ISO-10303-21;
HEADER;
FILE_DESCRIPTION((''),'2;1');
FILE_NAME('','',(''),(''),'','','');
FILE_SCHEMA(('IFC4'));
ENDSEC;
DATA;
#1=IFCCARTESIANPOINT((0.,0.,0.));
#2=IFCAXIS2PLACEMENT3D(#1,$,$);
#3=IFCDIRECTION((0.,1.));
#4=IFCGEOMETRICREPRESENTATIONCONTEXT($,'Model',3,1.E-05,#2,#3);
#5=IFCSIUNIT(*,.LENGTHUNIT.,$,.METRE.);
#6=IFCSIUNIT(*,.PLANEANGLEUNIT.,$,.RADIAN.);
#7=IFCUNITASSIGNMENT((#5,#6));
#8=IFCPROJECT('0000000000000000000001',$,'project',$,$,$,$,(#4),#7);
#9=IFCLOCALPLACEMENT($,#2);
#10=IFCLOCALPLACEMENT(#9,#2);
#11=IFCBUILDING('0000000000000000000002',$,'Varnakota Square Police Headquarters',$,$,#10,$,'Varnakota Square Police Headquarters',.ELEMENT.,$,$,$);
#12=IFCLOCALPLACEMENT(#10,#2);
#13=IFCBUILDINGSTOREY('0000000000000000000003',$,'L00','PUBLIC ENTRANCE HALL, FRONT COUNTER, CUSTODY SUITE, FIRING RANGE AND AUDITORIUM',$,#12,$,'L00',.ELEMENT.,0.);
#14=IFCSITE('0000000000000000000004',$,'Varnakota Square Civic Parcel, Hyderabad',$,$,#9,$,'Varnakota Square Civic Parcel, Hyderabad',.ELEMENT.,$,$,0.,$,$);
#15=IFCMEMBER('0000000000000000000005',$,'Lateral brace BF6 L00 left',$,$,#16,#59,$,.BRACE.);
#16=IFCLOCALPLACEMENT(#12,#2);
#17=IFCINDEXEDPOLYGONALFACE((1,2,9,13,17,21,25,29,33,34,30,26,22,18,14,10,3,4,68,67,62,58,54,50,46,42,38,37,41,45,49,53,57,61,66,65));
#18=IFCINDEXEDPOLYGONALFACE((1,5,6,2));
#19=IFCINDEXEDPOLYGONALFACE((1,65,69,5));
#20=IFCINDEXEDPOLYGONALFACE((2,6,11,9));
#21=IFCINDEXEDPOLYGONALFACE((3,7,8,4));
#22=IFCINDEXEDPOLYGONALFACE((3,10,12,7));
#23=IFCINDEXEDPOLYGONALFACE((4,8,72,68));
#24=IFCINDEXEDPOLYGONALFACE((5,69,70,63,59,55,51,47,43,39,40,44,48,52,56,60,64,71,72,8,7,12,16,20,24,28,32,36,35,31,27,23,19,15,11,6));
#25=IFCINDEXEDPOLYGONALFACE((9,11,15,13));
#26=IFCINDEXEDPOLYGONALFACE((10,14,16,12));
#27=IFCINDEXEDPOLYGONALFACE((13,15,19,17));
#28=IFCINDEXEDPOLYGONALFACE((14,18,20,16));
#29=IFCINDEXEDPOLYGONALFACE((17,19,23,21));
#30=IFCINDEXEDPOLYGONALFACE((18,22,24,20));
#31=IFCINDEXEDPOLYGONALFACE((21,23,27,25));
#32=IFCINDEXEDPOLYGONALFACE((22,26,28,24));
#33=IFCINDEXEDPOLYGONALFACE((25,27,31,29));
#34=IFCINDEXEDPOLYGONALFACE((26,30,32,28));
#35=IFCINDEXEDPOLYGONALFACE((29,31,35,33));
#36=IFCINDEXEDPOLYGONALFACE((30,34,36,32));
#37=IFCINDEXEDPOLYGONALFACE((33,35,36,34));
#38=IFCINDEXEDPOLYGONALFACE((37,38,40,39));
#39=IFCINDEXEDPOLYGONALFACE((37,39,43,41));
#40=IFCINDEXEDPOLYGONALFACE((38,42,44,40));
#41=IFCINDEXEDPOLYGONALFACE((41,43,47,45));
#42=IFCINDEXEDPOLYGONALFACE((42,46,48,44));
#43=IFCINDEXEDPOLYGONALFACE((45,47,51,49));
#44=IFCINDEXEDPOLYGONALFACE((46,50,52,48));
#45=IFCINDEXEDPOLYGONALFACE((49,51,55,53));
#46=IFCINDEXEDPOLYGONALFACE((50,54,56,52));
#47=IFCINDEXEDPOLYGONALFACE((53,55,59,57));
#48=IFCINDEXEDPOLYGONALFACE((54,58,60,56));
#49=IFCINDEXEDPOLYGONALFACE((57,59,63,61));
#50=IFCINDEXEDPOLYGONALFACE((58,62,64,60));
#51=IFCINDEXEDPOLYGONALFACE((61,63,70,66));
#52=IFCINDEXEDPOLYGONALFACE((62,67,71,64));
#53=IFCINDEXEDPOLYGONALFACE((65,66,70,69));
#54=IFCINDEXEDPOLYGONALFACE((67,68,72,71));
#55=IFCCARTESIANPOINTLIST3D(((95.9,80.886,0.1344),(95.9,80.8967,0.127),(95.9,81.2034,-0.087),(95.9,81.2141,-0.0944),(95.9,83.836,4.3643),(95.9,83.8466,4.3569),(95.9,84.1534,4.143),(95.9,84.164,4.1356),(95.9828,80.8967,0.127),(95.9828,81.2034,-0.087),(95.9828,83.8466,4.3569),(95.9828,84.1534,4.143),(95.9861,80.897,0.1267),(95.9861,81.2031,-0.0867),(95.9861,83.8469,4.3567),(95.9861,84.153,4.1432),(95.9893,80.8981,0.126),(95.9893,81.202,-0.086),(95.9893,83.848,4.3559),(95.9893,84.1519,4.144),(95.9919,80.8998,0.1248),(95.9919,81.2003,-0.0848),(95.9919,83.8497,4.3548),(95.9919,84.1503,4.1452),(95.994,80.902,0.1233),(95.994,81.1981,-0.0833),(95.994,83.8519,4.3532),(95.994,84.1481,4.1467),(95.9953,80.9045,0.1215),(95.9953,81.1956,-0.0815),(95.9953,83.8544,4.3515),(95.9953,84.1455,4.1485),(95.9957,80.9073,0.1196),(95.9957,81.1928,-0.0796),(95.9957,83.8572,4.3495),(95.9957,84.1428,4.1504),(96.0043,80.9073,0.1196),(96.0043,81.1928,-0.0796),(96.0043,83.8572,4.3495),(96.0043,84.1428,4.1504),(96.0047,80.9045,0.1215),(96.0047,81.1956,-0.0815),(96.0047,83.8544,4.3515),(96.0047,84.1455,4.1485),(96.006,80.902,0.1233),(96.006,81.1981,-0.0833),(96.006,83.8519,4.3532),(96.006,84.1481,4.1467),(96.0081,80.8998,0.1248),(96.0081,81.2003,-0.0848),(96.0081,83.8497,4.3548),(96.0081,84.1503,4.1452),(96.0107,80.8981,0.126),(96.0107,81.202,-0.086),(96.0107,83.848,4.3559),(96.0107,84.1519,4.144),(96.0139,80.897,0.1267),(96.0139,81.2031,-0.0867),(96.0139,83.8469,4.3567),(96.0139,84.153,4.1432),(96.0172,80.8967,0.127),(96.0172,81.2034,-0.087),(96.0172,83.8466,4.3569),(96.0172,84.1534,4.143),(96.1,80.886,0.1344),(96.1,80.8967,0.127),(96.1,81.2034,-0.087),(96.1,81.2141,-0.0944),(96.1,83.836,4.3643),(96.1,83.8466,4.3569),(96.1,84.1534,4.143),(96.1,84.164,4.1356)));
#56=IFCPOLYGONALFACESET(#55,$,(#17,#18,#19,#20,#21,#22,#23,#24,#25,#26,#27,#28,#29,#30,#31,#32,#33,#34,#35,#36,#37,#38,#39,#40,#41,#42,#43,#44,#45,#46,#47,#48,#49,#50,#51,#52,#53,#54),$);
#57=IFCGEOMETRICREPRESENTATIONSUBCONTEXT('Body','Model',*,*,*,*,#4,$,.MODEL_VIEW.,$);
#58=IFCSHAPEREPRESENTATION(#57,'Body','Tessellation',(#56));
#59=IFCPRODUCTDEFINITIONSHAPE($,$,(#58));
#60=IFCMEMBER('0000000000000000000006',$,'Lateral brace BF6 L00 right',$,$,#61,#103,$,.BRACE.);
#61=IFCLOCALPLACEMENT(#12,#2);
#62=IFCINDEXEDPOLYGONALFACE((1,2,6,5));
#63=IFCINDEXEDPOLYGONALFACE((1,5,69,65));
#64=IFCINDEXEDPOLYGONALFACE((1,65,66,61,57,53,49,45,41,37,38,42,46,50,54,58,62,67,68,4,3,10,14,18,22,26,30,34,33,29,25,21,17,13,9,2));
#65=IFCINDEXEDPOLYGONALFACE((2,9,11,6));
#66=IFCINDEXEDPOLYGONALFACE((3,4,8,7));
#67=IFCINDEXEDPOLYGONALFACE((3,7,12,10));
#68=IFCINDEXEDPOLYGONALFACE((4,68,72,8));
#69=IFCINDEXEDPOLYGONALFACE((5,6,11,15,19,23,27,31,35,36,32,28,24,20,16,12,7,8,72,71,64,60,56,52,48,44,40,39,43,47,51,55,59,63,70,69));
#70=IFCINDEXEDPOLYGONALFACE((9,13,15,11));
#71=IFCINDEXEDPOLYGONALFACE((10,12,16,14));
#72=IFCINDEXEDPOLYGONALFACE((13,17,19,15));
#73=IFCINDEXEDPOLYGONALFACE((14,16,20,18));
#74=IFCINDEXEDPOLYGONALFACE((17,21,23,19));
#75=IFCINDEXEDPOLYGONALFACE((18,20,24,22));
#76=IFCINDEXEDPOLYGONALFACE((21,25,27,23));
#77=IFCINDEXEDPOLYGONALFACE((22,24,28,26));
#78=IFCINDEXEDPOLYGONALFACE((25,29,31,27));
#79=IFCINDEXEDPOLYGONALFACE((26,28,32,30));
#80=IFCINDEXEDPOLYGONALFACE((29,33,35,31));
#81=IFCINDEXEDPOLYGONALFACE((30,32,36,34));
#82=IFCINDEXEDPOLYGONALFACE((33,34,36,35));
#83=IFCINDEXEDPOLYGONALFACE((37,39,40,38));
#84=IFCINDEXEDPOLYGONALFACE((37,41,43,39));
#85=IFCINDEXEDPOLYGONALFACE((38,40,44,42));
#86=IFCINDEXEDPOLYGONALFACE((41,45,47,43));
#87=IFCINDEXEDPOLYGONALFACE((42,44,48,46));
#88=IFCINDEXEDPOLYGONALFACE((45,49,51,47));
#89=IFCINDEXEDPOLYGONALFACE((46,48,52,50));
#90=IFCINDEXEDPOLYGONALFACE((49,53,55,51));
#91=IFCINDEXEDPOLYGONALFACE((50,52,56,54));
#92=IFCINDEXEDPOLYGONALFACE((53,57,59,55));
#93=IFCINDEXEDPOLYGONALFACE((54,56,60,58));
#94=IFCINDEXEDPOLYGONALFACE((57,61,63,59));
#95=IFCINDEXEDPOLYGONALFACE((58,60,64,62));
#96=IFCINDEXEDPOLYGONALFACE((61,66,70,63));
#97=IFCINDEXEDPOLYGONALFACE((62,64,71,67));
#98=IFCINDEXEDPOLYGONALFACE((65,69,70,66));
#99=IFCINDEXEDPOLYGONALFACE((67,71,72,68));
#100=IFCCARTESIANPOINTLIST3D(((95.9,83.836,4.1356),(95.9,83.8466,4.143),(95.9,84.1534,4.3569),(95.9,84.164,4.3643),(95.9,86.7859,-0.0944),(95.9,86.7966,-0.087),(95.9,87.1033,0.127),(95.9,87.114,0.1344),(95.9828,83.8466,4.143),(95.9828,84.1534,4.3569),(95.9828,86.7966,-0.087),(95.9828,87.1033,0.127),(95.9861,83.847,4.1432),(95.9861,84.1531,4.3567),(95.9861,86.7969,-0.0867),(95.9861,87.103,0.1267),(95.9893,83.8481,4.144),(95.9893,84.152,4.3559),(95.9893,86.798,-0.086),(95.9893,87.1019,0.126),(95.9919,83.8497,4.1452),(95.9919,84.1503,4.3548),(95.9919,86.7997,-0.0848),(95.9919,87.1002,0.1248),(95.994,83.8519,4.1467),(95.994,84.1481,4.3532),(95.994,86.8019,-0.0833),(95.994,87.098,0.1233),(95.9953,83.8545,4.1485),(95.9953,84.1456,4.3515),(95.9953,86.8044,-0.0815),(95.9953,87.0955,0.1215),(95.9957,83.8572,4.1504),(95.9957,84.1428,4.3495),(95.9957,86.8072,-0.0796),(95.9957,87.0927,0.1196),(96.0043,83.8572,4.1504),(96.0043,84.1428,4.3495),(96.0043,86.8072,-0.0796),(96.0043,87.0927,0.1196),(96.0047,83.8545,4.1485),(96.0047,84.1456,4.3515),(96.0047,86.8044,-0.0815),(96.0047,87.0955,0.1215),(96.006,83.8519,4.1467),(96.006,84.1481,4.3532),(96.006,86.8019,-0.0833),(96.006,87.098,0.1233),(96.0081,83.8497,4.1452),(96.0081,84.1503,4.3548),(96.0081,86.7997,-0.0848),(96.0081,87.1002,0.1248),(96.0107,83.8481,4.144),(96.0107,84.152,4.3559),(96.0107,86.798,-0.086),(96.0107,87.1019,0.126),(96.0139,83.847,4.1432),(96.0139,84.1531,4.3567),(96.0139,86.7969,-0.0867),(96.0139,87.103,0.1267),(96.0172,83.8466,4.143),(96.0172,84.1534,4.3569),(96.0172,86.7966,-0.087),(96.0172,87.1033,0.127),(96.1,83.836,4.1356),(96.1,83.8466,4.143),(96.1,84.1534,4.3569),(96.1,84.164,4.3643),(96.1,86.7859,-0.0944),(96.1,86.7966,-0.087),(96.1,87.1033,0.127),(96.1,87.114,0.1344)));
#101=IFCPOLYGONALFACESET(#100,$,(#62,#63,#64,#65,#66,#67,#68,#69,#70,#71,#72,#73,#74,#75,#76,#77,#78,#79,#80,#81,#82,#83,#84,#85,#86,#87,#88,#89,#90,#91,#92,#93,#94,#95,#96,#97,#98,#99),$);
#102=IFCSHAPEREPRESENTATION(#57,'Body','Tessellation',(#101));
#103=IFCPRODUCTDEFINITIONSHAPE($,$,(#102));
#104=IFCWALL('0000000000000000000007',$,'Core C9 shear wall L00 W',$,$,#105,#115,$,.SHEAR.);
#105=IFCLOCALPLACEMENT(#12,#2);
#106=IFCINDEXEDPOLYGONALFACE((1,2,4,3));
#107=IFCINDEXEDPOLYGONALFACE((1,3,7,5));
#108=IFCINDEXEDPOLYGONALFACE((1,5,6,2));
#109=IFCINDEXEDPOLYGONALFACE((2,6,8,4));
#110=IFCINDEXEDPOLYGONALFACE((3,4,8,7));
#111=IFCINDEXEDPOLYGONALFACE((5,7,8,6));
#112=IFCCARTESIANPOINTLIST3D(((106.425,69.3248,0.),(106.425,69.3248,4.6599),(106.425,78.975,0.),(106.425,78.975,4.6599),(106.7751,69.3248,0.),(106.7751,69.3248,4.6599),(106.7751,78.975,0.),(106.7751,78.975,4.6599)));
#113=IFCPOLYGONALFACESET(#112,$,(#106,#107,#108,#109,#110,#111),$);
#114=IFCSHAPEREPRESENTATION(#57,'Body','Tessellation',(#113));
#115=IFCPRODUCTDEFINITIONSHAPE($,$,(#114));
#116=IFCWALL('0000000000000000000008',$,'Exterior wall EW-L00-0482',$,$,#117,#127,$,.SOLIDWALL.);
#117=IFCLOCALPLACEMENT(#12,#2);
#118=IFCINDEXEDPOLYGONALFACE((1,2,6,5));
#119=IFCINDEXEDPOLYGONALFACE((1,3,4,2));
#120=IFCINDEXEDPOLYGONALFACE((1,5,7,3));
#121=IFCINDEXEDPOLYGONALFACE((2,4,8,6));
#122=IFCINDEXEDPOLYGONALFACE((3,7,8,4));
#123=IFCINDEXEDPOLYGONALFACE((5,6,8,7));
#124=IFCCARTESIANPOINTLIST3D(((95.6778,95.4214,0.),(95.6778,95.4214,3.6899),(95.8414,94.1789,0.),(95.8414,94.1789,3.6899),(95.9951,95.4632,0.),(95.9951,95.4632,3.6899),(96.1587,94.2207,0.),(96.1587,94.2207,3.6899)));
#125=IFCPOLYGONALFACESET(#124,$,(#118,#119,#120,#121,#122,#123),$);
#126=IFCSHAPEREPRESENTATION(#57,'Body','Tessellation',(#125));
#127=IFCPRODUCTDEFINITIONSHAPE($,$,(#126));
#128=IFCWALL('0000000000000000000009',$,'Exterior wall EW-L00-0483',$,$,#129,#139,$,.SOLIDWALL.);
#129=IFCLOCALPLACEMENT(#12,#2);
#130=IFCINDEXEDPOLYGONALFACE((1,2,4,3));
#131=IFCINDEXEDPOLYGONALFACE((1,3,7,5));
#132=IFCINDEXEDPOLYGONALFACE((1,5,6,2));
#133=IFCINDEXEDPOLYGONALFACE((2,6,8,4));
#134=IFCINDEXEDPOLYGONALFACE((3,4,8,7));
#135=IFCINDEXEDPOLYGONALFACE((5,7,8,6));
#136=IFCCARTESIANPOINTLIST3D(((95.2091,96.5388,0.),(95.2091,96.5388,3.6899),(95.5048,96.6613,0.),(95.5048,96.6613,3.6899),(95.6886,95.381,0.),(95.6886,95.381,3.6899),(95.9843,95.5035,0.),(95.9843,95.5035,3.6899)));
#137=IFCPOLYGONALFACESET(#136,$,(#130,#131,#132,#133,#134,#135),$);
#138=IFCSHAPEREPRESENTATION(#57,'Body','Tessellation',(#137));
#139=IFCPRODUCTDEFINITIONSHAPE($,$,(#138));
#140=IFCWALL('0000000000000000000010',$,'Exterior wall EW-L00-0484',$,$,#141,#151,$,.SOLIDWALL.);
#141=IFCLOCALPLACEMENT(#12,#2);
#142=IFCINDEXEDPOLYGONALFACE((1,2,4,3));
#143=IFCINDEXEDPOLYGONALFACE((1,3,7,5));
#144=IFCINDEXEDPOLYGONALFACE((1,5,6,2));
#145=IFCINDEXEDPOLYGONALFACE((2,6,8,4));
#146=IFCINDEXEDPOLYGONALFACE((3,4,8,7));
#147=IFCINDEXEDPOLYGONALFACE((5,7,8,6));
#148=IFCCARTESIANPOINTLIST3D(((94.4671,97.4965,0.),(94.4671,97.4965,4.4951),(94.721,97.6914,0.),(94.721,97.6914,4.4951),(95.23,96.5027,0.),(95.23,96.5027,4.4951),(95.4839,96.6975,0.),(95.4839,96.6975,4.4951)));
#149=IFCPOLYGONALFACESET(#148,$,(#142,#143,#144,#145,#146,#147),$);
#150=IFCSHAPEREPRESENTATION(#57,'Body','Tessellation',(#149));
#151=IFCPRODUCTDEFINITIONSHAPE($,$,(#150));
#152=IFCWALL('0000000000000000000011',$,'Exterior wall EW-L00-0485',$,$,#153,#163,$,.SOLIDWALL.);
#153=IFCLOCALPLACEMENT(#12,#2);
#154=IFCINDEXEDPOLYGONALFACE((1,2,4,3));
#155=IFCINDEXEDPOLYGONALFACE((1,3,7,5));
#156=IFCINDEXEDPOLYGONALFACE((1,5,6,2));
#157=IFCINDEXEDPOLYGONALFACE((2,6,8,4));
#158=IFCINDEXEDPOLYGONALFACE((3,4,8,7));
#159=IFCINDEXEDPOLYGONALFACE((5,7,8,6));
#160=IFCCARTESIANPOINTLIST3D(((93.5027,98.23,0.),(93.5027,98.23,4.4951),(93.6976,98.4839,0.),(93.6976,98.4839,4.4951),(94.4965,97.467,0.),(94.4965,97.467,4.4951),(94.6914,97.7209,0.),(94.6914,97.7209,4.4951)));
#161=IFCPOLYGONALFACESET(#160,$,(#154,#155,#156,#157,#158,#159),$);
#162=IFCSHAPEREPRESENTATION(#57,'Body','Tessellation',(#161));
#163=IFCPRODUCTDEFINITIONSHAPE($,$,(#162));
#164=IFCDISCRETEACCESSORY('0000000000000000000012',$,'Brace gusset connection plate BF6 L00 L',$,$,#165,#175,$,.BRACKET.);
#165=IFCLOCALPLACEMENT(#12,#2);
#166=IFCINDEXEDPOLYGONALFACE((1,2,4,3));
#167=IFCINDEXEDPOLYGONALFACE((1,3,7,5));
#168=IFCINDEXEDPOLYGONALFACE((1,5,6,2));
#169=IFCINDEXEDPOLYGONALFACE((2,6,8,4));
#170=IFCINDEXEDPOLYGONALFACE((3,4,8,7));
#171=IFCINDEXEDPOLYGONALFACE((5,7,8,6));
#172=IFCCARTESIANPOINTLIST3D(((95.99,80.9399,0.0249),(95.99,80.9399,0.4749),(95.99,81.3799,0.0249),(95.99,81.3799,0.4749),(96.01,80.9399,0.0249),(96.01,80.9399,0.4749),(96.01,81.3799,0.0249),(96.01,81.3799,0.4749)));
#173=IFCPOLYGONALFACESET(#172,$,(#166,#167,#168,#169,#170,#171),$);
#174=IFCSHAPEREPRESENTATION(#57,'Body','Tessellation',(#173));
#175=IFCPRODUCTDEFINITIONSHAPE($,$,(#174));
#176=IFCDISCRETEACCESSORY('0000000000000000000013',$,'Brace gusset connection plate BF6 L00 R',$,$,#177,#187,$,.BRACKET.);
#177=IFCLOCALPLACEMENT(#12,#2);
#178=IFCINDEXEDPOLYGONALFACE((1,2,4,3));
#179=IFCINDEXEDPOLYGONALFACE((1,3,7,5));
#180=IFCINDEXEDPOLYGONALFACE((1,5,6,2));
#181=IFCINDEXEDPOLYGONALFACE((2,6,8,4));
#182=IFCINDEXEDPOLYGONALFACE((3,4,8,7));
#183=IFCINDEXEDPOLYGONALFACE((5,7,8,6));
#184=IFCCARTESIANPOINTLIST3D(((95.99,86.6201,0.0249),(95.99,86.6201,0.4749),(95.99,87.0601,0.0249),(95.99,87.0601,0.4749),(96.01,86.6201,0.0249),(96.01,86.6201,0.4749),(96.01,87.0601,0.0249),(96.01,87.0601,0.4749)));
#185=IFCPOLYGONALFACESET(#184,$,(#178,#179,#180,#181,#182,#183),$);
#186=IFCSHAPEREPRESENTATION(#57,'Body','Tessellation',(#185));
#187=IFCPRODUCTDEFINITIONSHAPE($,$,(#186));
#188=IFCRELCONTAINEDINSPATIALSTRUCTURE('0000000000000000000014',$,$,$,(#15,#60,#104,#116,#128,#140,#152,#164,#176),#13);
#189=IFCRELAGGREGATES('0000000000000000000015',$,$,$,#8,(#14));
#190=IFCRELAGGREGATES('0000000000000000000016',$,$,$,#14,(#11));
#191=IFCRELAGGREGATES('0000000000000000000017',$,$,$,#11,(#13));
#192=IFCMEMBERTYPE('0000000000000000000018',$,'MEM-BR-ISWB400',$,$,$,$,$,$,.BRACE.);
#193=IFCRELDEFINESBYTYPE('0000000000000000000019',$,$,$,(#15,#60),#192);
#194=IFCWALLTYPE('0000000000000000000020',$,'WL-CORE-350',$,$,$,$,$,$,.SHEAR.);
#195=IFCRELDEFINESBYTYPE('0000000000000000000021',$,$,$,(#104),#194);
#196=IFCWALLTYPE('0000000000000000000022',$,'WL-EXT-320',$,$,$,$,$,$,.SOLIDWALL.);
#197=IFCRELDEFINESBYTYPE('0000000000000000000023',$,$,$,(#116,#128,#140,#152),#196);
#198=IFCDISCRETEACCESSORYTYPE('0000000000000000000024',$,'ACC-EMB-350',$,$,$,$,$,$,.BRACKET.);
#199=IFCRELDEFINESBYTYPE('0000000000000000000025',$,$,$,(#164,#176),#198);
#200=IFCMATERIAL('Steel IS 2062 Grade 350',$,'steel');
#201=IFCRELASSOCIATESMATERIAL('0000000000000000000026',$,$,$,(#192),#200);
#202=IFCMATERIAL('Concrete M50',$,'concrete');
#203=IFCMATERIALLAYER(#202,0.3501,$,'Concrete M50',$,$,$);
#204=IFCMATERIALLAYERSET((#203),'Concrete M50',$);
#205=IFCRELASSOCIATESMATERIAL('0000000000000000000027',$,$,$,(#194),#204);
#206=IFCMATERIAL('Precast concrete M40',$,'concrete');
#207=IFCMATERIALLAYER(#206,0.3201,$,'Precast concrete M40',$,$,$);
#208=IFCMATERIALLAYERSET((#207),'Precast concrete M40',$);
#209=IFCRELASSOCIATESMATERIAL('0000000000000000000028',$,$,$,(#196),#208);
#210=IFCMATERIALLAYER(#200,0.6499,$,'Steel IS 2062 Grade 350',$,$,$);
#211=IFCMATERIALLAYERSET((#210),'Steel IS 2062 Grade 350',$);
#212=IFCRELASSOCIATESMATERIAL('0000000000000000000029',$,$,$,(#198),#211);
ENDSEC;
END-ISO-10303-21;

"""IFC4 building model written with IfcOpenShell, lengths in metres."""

from ifc_helpers import new_model, si_unit, direction, frame, frame_2d, origin, origin_2d, place, context, subcontext, project, spatial, rectangle, i_section, extrude, material, layer, layer_set, material_profile, profile_set, type_object, element, save


model = new_model("IFC4")

# Units and contexts
model_context = context("Model", 3, precision=1e-05, world=origin(), true_north=direction((0.0, 1.0)))
body_context = subcontext(model_context, "Body", "Model", "MODEL_VIEW")
ifc_project = project(units=[si_unit("LENGTHUNIT", "METRE"), si_unit("PLANEANGLEUNIT", "RADIAN")], contexts=[model_context])

# Site, building, storey
site_placement = place(None, origin())
site = spatial("IfcSite", under=ifc_project, at=site_placement, Name="Varnakota Square Civic Parcel, Hyderabad", LongName="Varnakota Square Civic Parcel, Hyderabad", CompositionType="ELEMENT", RefElevation=0.0)
building_placement = place(site_placement, origin())
building = spatial("IfcBuilding", under=site, at=building_placement, Name="Varnakota Square Police Headquarters", LongName="Varnakota Square Police Headquarters", CompositionType="ELEMENT")
storey_placement = place(building_placement, origin())
storey = spatial("IfcBuildingStorey", under=building, at=storey_placement, Name="L00", Description="PUBLIC ENTRANCE HALL, FRONT COUNTER, CUSTODY SUITE, FIRING RANGE AND AUDITORIUM", LongName="L00", CompositionType="ELEMENT", Elevation=0.0)

# Shared definitions
ifc_material_1 = material(Name="Concrete M50", Category="concrete")

# Shared definitions
ifc_material_2 = material(Name="Steel IS 2062 Grade 350", Category="steel")

# Members
ifc_material_profile_1 = material_profile(ifc_material_2, i_section(OverallWidth=0.2, OverallDepth=0.3999, WebThickness=0.0085, FlangeThickness=0.0129, FilletRadius=0.0129, at=origin_2d()), Name="ISWB 400")
ifc_profile_set_1 = profile_set([ifc_material_profile_1], Name="Steel IS 2062 Grade 350")
member_type = type_object("IfcMemberType", Name="MEM-BR-ISWB400", PredefinedType="BRACE", material=ifc_profile_set_1)
for number, where, z_axis, x_axis, name in (
    (1, (96.0, 81.05, 0.02), (0.0, 0.572025, 0.820236), (-1.0, 0.0, 0.0), "Lateral brace BF6 L00 left"),
    (2, (96.0, 86.95, 0.02), (0.0, -0.572025, 0.820236), (1.0, 0.0, 0.0), "Lateral brace BF6 L00 right"),
):
    element("IfcMember", number, at=place(storey_placement, frame(where, z_axis=z_axis, x_axis=x_axis)), inside=storey, type_object=member_type, Name=name, PredefinedType="BRACE", context=body_context, shape_type="SweptSolid", body=[
        extrude(i_section(OverallWidth=0.2, OverallDepth=0.3999, WebThickness=0.0085, FlangeThickness=0.0129, FilletRadius=0.0129, at=origin_2d()), origin(), (0.0, 0.0, 1.0), 5.157),
    ])

# Walls
ifc_layer_1 = layer(ifc_material_1, 0.3501, Name="Concrete M50")
ifc_layer_set_1 = layer_set([ifc_layer_1], Name="Concrete M50")
wall_type_1 = type_object("IfcWallType", Name="WL-CORE-350", PredefinedType="SHEAR", material=ifc_layer_set_1)
wall_placement = place(storey_placement, frame((106.6001, 78.9751, 0.0), z_axis=(0.0, 0.0, 1.0), x_axis=(0.0, -1.0, 0.0)))
element("IfcWall", 3, at=wall_placement, inside=storey, type_object=wall_type_1, Name="Core C9 shear wall L00 W", PredefinedType="SHEAR", context=body_context, shape_type="SweptSolid", body=[
    extrude(rectangle(XDim=9.6501, YDim=0.3501, at=frame_2d((4.8252, 0.0))), origin(), (0.0, 0.0, 1.0), 4.6599),
])
ifc_material_3 = material(Name="Precast concrete M40", Category="concrete")
ifc_layer_2 = layer(ifc_material_3, 0.3201, Name="Precast concrete M40")
ifc_layer_set_2 = layer_set([ifc_layer_2], Name="Precast concrete M40")
wall_type_2 = type_object("IfcWallType", Name="WL-EXT-320", PredefinedType="SOLIDWALL", material=ifc_layer_set_2)
for number, where, z_axis, x_axis, name in (
    (4, (96.0, 94.2, 0.0), (0.0, 0.0, 1.0), (-0.13053, 0.991444, 0.0), "Exterior wall EW-L00-0482"),
    (5, (95.8364, 95.4424, 0.0), (0.0, 0.0, 1.0), (-0.38265, 0.923893, 0.0), "Exterior wall EW-L00-0483"),
):
    element("IfcWall", number, at=place(storey_placement, frame(where, z_axis=z_axis, x_axis=x_axis)), inside=storey, type_object=wall_type_2, Name=name, PredefinedType="SOLIDWALL", context=body_context, shape_type="SweptSolid", body=[
        extrude(rectangle(XDim=1.2532, YDim=0.3201, at=frame_2d((0.6265, 0.0))), origin(), (0.0, 0.0, 1.0), 3.6899),
    ])
for number, where, z_axis, x_axis, name in (
    (6, (95.3569, 96.6001, 0.0), (0.0, 0.0, 1.0), (-0.60891, 0.793239, 0.0), "Exterior wall EW-L00-0484"),
    (7, (94.594, 97.594, 0.0), (0.0, 0.0, 1.0), (-0.793239, 0.60891, 0.0), "Exterior wall EW-L00-0485"),
):
    element("IfcWall", number, at=place(storey_placement, frame(where, z_axis=z_axis, x_axis=x_axis)), inside=storey, type_object=wall_type_2, Name=name, PredefinedType="SOLIDWALL", context=body_context, shape_type="SweptSolid", body=[
        extrude(rectangle(XDim=1.2529, YDim=0.3201, at=frame_2d((0.6265, 0.0))), origin(), (0.0, 0.0, 1.0), 4.4951),
    ])

# Discrete accessories
ifc_layer_3 = layer(ifc_material_2, 0.6499, Name="Steel IS 2062 Grade 350")
ifc_layer_set_3 = layer_set([ifc_layer_3], Name="Steel IS 2062 Grade 350")
discrete_accessory_type = type_object("IfcDiscreteAccessoryType", Name="ACC-EMB-350", PredefinedType="BRACKET", material=ifc_layer_set_3)
for number, where, z_axis, x_axis, name in (
    (8, (96.0, 81.1599, 0.0249), (0.0, 0.0, 1.0), (0.0, 1.0, 0.0), "Brace gusset connection plate BF6 L00 L"),
    (9, (96.0, 86.8401, 0.0249), (0.0, 0.0, 1.0), (0.0, 1.0, 0.0), "Brace gusset connection plate BF6 L00 R"),
):
    element("IfcDiscreteAccessory", number, at=place(storey_placement, frame(where, z_axis=z_axis, x_axis=x_axis)), inside=storey, type_object=discrete_accessory_type, Name=name, PredefinedType="BRACKET", context=body_context, shape_type="SweptSolid", body=[
        extrude(rectangle(XDim=0.4399, YDim=0.02, at=origin_2d()), origin(), (0.0, 0.0, 1.0), 0.45),
    ])

save(model, "model.ifc")
